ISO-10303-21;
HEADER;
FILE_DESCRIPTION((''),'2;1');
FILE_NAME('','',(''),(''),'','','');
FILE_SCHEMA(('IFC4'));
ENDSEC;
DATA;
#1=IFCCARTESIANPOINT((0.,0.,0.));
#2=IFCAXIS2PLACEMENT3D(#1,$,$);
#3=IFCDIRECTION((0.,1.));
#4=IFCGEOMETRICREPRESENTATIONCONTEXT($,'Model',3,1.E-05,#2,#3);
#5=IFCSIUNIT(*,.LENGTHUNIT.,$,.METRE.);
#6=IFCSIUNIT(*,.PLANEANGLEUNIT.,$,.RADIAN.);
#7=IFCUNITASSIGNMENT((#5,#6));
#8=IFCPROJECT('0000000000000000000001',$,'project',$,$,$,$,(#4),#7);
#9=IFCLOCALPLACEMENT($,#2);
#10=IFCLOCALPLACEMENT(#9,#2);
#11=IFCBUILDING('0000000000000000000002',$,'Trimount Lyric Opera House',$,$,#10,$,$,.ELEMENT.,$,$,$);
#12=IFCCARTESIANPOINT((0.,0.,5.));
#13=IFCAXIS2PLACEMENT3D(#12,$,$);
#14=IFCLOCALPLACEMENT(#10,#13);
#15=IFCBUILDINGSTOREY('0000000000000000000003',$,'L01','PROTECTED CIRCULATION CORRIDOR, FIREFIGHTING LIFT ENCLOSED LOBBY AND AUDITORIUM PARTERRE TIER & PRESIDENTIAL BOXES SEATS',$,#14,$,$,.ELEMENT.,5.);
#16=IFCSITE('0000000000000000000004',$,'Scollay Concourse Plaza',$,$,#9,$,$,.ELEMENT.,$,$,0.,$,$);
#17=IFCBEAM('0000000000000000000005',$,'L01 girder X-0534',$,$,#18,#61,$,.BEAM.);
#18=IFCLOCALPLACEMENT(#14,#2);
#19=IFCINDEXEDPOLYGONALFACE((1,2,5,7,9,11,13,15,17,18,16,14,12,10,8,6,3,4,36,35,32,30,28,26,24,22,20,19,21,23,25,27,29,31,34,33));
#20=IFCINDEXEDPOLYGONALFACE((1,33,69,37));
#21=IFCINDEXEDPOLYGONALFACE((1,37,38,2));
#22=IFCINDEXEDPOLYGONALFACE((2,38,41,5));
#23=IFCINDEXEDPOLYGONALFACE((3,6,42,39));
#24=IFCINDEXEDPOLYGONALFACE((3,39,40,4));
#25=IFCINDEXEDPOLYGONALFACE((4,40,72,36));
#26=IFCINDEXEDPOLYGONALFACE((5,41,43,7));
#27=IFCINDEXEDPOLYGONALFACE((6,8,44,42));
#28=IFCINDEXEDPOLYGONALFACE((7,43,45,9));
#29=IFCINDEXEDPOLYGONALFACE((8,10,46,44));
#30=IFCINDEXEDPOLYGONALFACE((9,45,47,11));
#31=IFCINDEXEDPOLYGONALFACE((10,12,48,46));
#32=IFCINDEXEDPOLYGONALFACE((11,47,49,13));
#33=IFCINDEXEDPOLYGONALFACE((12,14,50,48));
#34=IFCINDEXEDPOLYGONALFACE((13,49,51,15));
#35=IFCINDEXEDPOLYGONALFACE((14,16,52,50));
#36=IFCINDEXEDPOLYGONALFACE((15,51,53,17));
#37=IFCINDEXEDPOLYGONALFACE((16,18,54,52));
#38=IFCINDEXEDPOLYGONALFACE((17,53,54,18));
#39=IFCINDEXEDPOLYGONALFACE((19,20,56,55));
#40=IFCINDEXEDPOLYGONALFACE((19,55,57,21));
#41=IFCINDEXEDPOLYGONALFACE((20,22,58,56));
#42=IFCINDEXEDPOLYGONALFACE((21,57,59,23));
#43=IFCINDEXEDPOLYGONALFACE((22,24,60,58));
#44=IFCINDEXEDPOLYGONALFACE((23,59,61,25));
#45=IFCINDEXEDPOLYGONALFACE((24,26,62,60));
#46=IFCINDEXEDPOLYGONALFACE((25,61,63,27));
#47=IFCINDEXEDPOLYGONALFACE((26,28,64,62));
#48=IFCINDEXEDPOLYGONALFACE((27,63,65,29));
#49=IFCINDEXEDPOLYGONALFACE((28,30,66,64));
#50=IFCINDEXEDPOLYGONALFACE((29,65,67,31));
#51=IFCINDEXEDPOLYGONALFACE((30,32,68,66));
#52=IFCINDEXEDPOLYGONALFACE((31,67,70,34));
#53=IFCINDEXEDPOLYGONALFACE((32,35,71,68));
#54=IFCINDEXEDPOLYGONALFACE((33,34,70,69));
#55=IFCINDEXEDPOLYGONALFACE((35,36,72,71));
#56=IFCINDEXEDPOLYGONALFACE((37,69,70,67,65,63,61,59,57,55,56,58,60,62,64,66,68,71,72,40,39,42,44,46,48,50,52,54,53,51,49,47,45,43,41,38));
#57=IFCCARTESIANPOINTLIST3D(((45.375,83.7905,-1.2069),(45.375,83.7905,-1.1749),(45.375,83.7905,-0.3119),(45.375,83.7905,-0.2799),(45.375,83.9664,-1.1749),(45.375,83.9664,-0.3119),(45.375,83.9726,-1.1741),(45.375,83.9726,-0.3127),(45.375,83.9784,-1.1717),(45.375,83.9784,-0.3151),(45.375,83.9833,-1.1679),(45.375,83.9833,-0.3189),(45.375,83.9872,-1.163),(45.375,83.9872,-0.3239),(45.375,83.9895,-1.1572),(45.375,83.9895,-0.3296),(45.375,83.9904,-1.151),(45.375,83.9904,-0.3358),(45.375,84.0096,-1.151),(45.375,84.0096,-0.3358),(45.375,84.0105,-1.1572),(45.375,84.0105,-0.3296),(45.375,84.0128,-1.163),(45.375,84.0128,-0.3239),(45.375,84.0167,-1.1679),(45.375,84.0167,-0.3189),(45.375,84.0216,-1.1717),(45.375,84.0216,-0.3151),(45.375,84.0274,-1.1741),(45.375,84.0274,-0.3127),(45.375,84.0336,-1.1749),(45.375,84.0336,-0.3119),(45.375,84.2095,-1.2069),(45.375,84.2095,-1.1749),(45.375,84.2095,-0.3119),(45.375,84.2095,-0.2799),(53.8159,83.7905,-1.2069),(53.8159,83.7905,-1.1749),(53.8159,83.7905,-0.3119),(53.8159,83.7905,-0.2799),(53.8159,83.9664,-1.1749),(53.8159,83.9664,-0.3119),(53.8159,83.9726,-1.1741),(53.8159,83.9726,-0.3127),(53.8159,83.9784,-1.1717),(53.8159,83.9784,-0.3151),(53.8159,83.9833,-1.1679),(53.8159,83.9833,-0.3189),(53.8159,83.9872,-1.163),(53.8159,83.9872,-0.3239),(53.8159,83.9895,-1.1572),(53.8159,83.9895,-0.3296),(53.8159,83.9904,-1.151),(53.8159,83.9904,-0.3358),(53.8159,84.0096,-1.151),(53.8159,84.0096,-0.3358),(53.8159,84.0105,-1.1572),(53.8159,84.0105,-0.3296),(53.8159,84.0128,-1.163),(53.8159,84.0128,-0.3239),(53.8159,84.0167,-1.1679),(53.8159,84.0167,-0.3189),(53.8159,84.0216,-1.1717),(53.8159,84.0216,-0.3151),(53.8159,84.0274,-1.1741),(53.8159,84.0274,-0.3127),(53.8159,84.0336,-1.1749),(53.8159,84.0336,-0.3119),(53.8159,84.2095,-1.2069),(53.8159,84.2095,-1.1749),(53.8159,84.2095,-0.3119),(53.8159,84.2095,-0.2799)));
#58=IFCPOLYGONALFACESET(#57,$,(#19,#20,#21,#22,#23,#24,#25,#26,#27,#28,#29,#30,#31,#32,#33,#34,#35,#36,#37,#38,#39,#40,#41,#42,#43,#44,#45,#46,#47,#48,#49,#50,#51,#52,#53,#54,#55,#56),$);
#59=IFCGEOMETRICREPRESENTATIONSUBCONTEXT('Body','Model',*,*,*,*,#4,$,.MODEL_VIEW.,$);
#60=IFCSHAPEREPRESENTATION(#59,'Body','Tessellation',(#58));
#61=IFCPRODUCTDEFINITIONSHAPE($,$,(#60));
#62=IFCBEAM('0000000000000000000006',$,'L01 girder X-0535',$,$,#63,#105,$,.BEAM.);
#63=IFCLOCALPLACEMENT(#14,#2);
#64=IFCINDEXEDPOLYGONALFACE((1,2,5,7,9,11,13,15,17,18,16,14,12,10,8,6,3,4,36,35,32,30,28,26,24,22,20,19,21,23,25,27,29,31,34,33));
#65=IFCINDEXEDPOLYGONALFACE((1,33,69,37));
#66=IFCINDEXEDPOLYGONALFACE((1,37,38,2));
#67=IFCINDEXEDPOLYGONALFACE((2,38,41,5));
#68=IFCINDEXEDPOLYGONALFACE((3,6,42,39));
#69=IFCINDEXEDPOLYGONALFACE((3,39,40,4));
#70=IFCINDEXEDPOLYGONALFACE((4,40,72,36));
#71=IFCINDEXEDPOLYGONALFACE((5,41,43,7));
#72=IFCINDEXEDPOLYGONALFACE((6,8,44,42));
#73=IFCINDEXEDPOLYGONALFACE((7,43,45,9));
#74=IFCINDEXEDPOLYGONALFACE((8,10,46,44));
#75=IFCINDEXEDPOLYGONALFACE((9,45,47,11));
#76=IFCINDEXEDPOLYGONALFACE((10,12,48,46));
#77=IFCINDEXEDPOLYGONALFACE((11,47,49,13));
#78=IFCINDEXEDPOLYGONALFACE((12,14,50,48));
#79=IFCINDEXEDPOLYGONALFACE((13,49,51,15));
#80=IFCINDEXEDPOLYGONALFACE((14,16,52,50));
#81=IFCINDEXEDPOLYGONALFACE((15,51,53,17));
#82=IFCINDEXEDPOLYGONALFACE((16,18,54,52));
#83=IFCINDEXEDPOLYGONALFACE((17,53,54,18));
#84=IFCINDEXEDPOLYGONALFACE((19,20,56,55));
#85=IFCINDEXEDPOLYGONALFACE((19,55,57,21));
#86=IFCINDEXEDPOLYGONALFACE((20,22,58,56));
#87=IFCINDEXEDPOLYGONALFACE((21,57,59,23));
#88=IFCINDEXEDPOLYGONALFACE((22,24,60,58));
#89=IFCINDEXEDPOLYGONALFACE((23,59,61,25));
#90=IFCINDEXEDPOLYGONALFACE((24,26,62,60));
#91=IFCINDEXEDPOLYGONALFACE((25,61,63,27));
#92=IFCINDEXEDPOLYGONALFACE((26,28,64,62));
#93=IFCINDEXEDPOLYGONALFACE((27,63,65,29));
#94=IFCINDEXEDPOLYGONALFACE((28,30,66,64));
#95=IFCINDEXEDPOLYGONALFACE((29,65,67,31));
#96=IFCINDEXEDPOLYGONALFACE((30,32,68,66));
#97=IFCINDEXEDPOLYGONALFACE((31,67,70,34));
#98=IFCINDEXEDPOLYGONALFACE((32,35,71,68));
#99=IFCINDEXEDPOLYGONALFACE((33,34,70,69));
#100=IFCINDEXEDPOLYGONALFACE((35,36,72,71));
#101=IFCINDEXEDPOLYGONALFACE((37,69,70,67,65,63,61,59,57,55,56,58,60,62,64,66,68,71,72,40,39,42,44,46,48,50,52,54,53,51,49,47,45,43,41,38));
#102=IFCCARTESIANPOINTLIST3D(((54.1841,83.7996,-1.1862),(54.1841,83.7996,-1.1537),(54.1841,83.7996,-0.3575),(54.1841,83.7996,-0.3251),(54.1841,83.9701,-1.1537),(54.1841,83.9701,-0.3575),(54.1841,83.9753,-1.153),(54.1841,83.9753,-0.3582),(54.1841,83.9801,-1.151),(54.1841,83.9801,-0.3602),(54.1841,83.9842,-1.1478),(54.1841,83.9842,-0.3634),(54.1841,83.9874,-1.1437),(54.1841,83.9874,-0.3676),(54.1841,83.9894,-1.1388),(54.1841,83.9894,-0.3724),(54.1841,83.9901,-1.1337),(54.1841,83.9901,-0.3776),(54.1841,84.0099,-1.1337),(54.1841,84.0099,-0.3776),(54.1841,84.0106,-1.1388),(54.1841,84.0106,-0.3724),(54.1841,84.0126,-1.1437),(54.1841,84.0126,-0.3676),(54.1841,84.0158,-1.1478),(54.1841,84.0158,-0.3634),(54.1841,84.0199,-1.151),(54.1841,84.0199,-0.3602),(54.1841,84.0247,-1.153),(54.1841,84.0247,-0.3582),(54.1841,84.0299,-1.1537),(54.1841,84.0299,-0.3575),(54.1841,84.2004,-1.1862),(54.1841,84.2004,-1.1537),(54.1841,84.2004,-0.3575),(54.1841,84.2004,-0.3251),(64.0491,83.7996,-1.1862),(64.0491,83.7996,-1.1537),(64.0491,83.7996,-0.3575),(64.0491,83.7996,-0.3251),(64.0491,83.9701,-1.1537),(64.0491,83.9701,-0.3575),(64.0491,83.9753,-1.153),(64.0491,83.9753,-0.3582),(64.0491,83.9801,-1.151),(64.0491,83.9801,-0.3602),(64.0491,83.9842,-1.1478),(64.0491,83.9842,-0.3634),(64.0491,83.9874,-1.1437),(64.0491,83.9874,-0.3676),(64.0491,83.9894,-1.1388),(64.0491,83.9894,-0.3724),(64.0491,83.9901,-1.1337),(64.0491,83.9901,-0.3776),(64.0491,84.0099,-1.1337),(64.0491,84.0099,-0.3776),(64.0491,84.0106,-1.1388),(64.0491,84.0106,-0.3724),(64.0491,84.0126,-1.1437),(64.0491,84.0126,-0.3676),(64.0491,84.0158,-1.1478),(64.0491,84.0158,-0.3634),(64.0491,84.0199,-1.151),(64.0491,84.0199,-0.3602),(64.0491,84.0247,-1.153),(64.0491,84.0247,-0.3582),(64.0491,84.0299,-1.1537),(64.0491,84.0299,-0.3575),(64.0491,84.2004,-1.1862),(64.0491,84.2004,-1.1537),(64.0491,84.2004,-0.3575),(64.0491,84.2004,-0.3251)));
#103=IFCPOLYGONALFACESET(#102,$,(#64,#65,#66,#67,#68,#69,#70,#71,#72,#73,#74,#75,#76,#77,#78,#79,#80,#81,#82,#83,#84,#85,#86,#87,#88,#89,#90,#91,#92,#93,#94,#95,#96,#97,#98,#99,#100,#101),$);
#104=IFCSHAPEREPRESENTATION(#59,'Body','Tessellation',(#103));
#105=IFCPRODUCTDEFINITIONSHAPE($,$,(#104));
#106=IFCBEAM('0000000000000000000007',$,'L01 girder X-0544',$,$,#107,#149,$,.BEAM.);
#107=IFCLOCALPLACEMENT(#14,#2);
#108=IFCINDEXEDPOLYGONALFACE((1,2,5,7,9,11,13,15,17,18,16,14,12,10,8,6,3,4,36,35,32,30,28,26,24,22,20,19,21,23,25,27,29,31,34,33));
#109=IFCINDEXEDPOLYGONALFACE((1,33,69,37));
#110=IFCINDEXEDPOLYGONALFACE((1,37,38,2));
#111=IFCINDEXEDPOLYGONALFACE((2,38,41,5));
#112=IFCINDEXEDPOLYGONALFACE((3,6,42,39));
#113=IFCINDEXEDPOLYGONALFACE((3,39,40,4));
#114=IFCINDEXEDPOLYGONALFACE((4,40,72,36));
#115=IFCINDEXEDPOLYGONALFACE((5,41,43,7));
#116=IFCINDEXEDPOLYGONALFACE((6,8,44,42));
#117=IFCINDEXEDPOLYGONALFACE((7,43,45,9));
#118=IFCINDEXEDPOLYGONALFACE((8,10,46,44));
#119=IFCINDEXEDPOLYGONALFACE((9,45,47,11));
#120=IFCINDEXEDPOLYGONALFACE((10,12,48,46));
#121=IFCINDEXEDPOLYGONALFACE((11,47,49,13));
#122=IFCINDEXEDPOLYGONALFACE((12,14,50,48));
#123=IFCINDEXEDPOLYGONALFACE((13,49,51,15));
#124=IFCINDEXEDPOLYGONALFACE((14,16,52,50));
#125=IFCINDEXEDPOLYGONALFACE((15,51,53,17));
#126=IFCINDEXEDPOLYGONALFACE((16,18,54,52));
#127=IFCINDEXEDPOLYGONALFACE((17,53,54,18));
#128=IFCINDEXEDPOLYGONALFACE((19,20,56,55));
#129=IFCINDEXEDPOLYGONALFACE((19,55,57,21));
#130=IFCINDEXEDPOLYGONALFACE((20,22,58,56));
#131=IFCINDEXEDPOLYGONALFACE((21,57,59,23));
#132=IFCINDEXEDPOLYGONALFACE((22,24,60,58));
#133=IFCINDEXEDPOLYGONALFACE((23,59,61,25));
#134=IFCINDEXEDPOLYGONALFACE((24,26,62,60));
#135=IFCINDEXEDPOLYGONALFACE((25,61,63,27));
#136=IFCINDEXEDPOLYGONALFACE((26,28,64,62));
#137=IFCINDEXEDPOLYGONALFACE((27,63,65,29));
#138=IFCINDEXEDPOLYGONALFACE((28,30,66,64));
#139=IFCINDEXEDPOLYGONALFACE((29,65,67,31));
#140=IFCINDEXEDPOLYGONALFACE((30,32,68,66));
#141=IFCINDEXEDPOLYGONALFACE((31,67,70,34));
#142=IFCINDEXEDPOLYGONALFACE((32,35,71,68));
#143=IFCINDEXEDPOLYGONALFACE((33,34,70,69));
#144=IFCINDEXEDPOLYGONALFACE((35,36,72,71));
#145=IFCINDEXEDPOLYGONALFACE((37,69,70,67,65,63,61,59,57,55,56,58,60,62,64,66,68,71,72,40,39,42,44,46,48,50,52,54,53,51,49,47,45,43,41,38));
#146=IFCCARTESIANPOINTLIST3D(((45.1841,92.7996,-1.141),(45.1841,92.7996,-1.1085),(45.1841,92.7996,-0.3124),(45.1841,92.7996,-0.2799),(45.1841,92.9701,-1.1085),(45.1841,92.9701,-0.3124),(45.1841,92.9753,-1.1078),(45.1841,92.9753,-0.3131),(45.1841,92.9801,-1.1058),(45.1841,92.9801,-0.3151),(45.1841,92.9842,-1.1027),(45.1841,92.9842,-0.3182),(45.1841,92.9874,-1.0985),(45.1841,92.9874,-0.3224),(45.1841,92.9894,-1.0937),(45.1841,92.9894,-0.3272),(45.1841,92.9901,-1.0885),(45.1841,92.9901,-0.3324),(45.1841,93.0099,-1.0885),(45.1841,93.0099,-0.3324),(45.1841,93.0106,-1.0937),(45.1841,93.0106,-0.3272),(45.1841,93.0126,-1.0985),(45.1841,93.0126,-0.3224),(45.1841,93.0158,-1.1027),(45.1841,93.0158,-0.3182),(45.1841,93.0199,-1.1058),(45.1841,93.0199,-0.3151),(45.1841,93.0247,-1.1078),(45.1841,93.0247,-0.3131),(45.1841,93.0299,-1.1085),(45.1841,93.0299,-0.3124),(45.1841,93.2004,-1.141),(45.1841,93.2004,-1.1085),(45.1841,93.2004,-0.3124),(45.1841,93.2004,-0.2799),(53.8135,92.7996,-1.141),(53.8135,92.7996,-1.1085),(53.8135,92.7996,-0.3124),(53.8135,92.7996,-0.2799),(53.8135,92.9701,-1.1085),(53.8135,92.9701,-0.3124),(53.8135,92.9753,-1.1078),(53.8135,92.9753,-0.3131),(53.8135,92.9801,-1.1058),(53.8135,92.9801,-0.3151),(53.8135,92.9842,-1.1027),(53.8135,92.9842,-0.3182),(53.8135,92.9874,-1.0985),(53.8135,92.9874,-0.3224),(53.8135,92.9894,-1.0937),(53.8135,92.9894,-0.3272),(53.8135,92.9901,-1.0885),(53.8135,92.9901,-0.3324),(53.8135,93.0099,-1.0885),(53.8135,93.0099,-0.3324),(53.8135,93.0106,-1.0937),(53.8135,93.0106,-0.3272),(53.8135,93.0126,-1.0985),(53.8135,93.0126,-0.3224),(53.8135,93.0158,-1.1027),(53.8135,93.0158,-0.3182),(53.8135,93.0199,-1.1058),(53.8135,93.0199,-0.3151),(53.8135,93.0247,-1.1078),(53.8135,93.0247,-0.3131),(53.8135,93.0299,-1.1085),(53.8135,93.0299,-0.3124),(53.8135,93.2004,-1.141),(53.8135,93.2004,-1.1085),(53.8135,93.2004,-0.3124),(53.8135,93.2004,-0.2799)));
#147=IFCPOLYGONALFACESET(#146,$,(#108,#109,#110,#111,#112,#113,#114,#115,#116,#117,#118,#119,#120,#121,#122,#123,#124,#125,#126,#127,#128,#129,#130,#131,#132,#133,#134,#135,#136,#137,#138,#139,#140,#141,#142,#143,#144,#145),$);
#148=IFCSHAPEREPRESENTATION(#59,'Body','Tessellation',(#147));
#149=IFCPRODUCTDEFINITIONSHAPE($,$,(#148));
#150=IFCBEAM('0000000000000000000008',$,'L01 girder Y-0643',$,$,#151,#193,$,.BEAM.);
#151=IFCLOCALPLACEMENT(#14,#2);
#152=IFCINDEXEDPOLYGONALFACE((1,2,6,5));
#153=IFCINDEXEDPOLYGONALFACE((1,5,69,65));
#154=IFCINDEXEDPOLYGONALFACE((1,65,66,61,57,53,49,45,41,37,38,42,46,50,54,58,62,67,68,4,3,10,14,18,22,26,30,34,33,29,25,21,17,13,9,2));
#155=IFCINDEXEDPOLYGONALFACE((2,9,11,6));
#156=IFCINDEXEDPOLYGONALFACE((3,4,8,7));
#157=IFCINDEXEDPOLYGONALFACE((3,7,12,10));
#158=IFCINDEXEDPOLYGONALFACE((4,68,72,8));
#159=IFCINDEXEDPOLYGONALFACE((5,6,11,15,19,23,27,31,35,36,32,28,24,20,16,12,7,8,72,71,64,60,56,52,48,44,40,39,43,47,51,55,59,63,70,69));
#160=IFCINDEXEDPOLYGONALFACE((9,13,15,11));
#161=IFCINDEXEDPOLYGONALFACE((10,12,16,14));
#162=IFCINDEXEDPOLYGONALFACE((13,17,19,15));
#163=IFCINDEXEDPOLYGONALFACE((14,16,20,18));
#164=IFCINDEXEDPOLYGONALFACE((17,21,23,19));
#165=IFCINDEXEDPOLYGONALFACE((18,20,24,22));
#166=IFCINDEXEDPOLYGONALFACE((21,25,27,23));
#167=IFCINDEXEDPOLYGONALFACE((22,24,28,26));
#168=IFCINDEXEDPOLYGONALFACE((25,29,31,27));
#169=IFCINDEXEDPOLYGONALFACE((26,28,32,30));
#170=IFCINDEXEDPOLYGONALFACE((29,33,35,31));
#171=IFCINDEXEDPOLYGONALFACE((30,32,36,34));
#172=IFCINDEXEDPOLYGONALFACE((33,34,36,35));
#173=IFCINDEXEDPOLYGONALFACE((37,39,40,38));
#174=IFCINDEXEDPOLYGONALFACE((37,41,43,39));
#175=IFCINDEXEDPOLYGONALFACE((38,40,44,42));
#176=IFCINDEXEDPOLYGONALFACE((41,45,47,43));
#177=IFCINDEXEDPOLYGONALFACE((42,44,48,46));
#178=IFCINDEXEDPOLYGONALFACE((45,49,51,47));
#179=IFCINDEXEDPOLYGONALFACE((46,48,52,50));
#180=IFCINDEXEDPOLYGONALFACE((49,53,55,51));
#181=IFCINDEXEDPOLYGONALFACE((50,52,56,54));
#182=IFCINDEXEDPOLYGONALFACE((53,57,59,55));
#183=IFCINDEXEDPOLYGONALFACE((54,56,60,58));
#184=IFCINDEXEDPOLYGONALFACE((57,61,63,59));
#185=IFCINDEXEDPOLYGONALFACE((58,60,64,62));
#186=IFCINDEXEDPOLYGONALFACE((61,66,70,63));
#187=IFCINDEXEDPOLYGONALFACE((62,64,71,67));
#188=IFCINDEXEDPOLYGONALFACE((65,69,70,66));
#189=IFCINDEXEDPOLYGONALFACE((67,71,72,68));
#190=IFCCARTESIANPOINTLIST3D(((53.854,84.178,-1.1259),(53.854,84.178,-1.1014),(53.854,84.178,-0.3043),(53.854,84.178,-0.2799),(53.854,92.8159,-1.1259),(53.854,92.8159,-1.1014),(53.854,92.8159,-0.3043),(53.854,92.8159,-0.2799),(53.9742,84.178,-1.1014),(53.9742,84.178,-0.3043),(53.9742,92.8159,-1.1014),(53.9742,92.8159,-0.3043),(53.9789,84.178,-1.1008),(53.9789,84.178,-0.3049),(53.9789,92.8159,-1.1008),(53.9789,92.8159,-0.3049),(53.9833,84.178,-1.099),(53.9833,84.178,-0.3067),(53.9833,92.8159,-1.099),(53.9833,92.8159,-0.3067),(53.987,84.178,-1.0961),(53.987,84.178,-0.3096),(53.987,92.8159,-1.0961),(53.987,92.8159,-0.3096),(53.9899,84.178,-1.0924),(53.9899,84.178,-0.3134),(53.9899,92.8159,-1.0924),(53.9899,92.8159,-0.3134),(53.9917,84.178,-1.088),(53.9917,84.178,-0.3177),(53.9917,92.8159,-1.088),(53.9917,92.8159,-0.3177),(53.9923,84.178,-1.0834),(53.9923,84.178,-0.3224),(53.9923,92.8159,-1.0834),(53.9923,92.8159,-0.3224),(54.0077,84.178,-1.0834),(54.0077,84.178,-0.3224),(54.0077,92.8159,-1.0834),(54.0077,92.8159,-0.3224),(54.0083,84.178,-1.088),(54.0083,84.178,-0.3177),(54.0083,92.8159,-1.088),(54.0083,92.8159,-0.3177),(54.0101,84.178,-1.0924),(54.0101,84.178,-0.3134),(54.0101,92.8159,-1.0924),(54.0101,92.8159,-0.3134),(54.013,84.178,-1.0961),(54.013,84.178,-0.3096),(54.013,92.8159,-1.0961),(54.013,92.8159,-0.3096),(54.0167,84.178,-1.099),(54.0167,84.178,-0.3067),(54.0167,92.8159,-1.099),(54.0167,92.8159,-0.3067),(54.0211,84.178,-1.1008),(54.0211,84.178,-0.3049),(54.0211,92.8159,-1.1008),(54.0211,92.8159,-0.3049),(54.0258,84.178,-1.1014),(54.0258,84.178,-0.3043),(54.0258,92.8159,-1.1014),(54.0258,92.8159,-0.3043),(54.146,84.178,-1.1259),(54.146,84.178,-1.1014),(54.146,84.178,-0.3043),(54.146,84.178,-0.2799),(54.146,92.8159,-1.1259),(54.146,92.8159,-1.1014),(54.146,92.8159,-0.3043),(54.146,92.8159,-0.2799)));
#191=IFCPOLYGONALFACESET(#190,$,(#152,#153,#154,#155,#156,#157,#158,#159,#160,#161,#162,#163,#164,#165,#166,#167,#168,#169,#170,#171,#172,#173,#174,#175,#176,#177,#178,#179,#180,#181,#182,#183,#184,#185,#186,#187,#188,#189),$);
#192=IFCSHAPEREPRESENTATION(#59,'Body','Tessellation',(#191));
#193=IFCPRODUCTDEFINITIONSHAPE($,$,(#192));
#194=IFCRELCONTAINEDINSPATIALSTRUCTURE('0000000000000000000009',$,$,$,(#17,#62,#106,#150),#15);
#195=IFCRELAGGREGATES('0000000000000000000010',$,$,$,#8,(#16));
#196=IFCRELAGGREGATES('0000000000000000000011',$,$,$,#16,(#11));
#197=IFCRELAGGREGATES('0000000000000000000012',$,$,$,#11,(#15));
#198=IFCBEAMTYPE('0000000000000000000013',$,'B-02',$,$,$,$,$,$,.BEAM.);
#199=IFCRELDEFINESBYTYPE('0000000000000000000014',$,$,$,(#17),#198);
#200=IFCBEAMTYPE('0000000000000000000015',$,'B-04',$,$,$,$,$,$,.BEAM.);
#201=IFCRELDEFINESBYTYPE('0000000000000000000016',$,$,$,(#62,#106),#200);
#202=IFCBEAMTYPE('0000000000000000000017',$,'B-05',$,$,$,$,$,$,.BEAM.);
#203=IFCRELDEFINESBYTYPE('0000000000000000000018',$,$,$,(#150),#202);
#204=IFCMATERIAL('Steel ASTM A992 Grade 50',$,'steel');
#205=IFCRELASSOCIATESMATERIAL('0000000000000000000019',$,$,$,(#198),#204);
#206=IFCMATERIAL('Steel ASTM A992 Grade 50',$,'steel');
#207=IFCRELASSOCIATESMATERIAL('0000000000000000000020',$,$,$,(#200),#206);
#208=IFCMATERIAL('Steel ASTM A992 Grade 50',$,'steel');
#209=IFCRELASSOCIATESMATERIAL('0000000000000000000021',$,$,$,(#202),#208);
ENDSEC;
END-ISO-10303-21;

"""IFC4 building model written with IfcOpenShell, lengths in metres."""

from ifc_helpers import new_model, si_unit, direction, frame, origin, origin_2d, place, context, subcontext, project, spatial, i_section, extrude, material, material_profile, profile_set, type_object, element, save


model = new_model("IFC4")

# Units and contexts
model_context = context("Model", 3, precision=1e-05, world=origin(), true_north=direction((0.0, 1.0)))
body_context = subcontext(model_context, "Body", "Model", "MODEL_VIEW")
ifc_project = project(units=[si_unit("LENGTHUNIT", "METRE"), si_unit("PLANEANGLEUNIT", "RADIAN")], contexts=[model_context])

# Site, building, storey
site_placement = place(None, origin())
site = spatial("IfcSite", under=ifc_project, at=site_placement, Name="Scollay Concourse Plaza", CompositionType="ELEMENT", RefElevation=0.0)
building_placement = place(site_placement, origin())
building = spatial("IfcBuilding", under=site, at=building_placement, Name="Trimount Lyric Opera House", CompositionType="ELEMENT")
storey_placement = place(building_placement, frame((0.0, 0.0, 5.0)))
storey = spatial("IfcBuildingStorey", under=building, at=storey_placement, Name="L01", Description="PROTECTED CIRCULATION CORRIDOR, FIREFIGHTING LIFT ENCLOSED LOBBY AND AUDITORIUM PARTERRE TIER & PRESIDENTIAL BOXES SEATS", CompositionType="ELEMENT", Elevation=5.0)

# Beams
ifc_material_1 = material(Name="Steel ASTM A992 Grade 50", Category="steel")
ifc_material_profile_1 = material_profile(ifc_material_1, i_section(OverallWidth=0.4189, OverallDepth=0.927, WebThickness=0.0193, FlangeThickness=0.032, FilletRadius=0.0239, at=origin_2d()), Name="W36X231")
ifc_profile_set_1 = profile_set([ifc_material_profile_1], Name="Steel ASTM A992 Grade 50")
beam_type_1 = type_object("IfcBeamType", Name="B-02", PredefinedType="BEAM", material=ifc_profile_set_1)
beam_1_placement = place(storey_placement, frame((45.375, 84.0, -0.7434), z_axis=(1.0, 0.0, 0.0), x_axis=(0.0, 1.0, 0.0)))
element("IfcBeam", 1, at=beam_1_placement, inside=storey, type_object=beam_type_1, Name="L01 girder X-0534", PredefinedType="BEAM", context=body_context, shape_type="SweptSolid", body=[
    extrude(i_section(OverallWidth=0.4189, OverallDepth=0.927, WebThickness=0.0193, FlangeThickness=0.032, FilletRadius=0.0239, at=origin_2d()), origin(), (0.0, 0.0, 1.0), 8.4409),
])
ifc_material_2 = material(Name="Steel ASTM A992 Grade 50", Category="steel")
ifc_material_profile_2 = material_profile(ifc_material_2, i_section(OverallWidth=0.4009, OverallDepth=0.8611, WebThickness=0.0198, FlangeThickness=0.0325, FilletRadius=0.02, at=origin_2d()), Name="W33X221")
ifc_profile_set_2 = profile_set([ifc_material_profile_2], Name="Steel ASTM A992 Grade 50")
beam_type_2 = type_object("IfcBeamType", Name="B-04", PredefinedType="BEAM", material=ifc_profile_set_2)
beam_2_placement = place(storey_placement, frame((54.1841, 84.0, -0.7556), z_axis=(1.0, 0.0, 0.0), x_axis=(0.0, 1.0, 0.0)))
element("IfcBeam", 2, at=beam_2_placement, inside=storey, type_object=beam_type_2, Name="L01 girder X-0535", PredefinedType="BEAM", context=body_context, shape_type="SweptSolid", body=[
    extrude(i_section(OverallWidth=0.4009, OverallDepth=0.8611, WebThickness=0.0198, FlangeThickness=0.0325, FilletRadius=0.02, at=origin_2d()), origin(), (0.0, 0.0, 1.0), 9.865),
])
beam_3_placement = place(storey_placement, frame((45.1841, 93.0, -0.7104), z_axis=(1.0, 0.0, 0.0), x_axis=(0.0, 1.0, 0.0)))
element("IfcBeam", 3, at=beam_3_placement, inside=storey, type_object=beam_type_2, Name="L01 girder X-0544", PredefinedType="BEAM", context=body_context, shape_type="SweptSolid", body=[
    extrude(i_section(OverallWidth=0.4009, OverallDepth=0.8611, WebThickness=0.0198, FlangeThickness=0.0325, FilletRadius=0.02, at=origin_2d()), origin(), (0.0, 0.0, 1.0), 8.6294),
])
ifc_material_3 = material(Name="Steel ASTM A992 Grade 50", Category="steel")
ifc_material_profile_3 = material_profile(ifc_material_3, i_section(OverallWidth=0.292, OverallDepth=0.8459, WebThickness=0.0154, FlangeThickness=0.0244, FilletRadius=0.0181, at=origin_2d()), Name="W33X141")
ifc_profile_set_3 = profile_set([ifc_material_profile_3], Name="Steel ASTM A992 Grade 50")
beam_type_3 = type_object("IfcBeamType", Name="B-05", PredefinedType="BEAM", material=ifc_profile_set_3)
beam_4_placement = place(storey_placement, frame((54.0, 84.178, -0.7029), z_axis=(0.0, 1.0, 0.0), x_axis=(-1.0, 0.0, 0.0)))
element("IfcBeam", 4, at=beam_4_placement, inside=storey, type_object=beam_type_3, Name="L01 girder Y-0643", PredefinedType="BEAM", context=body_context, shape_type="SweptSolid", body=[
    extrude(i_section(OverallWidth=0.292, OverallDepth=0.8459, WebThickness=0.0154, FlangeThickness=0.0244, FilletRadius=0.0181, at=origin_2d()), origin(), (0.0, 0.0, 1.0), 8.6379),
])

save(model, "model.ifc")
